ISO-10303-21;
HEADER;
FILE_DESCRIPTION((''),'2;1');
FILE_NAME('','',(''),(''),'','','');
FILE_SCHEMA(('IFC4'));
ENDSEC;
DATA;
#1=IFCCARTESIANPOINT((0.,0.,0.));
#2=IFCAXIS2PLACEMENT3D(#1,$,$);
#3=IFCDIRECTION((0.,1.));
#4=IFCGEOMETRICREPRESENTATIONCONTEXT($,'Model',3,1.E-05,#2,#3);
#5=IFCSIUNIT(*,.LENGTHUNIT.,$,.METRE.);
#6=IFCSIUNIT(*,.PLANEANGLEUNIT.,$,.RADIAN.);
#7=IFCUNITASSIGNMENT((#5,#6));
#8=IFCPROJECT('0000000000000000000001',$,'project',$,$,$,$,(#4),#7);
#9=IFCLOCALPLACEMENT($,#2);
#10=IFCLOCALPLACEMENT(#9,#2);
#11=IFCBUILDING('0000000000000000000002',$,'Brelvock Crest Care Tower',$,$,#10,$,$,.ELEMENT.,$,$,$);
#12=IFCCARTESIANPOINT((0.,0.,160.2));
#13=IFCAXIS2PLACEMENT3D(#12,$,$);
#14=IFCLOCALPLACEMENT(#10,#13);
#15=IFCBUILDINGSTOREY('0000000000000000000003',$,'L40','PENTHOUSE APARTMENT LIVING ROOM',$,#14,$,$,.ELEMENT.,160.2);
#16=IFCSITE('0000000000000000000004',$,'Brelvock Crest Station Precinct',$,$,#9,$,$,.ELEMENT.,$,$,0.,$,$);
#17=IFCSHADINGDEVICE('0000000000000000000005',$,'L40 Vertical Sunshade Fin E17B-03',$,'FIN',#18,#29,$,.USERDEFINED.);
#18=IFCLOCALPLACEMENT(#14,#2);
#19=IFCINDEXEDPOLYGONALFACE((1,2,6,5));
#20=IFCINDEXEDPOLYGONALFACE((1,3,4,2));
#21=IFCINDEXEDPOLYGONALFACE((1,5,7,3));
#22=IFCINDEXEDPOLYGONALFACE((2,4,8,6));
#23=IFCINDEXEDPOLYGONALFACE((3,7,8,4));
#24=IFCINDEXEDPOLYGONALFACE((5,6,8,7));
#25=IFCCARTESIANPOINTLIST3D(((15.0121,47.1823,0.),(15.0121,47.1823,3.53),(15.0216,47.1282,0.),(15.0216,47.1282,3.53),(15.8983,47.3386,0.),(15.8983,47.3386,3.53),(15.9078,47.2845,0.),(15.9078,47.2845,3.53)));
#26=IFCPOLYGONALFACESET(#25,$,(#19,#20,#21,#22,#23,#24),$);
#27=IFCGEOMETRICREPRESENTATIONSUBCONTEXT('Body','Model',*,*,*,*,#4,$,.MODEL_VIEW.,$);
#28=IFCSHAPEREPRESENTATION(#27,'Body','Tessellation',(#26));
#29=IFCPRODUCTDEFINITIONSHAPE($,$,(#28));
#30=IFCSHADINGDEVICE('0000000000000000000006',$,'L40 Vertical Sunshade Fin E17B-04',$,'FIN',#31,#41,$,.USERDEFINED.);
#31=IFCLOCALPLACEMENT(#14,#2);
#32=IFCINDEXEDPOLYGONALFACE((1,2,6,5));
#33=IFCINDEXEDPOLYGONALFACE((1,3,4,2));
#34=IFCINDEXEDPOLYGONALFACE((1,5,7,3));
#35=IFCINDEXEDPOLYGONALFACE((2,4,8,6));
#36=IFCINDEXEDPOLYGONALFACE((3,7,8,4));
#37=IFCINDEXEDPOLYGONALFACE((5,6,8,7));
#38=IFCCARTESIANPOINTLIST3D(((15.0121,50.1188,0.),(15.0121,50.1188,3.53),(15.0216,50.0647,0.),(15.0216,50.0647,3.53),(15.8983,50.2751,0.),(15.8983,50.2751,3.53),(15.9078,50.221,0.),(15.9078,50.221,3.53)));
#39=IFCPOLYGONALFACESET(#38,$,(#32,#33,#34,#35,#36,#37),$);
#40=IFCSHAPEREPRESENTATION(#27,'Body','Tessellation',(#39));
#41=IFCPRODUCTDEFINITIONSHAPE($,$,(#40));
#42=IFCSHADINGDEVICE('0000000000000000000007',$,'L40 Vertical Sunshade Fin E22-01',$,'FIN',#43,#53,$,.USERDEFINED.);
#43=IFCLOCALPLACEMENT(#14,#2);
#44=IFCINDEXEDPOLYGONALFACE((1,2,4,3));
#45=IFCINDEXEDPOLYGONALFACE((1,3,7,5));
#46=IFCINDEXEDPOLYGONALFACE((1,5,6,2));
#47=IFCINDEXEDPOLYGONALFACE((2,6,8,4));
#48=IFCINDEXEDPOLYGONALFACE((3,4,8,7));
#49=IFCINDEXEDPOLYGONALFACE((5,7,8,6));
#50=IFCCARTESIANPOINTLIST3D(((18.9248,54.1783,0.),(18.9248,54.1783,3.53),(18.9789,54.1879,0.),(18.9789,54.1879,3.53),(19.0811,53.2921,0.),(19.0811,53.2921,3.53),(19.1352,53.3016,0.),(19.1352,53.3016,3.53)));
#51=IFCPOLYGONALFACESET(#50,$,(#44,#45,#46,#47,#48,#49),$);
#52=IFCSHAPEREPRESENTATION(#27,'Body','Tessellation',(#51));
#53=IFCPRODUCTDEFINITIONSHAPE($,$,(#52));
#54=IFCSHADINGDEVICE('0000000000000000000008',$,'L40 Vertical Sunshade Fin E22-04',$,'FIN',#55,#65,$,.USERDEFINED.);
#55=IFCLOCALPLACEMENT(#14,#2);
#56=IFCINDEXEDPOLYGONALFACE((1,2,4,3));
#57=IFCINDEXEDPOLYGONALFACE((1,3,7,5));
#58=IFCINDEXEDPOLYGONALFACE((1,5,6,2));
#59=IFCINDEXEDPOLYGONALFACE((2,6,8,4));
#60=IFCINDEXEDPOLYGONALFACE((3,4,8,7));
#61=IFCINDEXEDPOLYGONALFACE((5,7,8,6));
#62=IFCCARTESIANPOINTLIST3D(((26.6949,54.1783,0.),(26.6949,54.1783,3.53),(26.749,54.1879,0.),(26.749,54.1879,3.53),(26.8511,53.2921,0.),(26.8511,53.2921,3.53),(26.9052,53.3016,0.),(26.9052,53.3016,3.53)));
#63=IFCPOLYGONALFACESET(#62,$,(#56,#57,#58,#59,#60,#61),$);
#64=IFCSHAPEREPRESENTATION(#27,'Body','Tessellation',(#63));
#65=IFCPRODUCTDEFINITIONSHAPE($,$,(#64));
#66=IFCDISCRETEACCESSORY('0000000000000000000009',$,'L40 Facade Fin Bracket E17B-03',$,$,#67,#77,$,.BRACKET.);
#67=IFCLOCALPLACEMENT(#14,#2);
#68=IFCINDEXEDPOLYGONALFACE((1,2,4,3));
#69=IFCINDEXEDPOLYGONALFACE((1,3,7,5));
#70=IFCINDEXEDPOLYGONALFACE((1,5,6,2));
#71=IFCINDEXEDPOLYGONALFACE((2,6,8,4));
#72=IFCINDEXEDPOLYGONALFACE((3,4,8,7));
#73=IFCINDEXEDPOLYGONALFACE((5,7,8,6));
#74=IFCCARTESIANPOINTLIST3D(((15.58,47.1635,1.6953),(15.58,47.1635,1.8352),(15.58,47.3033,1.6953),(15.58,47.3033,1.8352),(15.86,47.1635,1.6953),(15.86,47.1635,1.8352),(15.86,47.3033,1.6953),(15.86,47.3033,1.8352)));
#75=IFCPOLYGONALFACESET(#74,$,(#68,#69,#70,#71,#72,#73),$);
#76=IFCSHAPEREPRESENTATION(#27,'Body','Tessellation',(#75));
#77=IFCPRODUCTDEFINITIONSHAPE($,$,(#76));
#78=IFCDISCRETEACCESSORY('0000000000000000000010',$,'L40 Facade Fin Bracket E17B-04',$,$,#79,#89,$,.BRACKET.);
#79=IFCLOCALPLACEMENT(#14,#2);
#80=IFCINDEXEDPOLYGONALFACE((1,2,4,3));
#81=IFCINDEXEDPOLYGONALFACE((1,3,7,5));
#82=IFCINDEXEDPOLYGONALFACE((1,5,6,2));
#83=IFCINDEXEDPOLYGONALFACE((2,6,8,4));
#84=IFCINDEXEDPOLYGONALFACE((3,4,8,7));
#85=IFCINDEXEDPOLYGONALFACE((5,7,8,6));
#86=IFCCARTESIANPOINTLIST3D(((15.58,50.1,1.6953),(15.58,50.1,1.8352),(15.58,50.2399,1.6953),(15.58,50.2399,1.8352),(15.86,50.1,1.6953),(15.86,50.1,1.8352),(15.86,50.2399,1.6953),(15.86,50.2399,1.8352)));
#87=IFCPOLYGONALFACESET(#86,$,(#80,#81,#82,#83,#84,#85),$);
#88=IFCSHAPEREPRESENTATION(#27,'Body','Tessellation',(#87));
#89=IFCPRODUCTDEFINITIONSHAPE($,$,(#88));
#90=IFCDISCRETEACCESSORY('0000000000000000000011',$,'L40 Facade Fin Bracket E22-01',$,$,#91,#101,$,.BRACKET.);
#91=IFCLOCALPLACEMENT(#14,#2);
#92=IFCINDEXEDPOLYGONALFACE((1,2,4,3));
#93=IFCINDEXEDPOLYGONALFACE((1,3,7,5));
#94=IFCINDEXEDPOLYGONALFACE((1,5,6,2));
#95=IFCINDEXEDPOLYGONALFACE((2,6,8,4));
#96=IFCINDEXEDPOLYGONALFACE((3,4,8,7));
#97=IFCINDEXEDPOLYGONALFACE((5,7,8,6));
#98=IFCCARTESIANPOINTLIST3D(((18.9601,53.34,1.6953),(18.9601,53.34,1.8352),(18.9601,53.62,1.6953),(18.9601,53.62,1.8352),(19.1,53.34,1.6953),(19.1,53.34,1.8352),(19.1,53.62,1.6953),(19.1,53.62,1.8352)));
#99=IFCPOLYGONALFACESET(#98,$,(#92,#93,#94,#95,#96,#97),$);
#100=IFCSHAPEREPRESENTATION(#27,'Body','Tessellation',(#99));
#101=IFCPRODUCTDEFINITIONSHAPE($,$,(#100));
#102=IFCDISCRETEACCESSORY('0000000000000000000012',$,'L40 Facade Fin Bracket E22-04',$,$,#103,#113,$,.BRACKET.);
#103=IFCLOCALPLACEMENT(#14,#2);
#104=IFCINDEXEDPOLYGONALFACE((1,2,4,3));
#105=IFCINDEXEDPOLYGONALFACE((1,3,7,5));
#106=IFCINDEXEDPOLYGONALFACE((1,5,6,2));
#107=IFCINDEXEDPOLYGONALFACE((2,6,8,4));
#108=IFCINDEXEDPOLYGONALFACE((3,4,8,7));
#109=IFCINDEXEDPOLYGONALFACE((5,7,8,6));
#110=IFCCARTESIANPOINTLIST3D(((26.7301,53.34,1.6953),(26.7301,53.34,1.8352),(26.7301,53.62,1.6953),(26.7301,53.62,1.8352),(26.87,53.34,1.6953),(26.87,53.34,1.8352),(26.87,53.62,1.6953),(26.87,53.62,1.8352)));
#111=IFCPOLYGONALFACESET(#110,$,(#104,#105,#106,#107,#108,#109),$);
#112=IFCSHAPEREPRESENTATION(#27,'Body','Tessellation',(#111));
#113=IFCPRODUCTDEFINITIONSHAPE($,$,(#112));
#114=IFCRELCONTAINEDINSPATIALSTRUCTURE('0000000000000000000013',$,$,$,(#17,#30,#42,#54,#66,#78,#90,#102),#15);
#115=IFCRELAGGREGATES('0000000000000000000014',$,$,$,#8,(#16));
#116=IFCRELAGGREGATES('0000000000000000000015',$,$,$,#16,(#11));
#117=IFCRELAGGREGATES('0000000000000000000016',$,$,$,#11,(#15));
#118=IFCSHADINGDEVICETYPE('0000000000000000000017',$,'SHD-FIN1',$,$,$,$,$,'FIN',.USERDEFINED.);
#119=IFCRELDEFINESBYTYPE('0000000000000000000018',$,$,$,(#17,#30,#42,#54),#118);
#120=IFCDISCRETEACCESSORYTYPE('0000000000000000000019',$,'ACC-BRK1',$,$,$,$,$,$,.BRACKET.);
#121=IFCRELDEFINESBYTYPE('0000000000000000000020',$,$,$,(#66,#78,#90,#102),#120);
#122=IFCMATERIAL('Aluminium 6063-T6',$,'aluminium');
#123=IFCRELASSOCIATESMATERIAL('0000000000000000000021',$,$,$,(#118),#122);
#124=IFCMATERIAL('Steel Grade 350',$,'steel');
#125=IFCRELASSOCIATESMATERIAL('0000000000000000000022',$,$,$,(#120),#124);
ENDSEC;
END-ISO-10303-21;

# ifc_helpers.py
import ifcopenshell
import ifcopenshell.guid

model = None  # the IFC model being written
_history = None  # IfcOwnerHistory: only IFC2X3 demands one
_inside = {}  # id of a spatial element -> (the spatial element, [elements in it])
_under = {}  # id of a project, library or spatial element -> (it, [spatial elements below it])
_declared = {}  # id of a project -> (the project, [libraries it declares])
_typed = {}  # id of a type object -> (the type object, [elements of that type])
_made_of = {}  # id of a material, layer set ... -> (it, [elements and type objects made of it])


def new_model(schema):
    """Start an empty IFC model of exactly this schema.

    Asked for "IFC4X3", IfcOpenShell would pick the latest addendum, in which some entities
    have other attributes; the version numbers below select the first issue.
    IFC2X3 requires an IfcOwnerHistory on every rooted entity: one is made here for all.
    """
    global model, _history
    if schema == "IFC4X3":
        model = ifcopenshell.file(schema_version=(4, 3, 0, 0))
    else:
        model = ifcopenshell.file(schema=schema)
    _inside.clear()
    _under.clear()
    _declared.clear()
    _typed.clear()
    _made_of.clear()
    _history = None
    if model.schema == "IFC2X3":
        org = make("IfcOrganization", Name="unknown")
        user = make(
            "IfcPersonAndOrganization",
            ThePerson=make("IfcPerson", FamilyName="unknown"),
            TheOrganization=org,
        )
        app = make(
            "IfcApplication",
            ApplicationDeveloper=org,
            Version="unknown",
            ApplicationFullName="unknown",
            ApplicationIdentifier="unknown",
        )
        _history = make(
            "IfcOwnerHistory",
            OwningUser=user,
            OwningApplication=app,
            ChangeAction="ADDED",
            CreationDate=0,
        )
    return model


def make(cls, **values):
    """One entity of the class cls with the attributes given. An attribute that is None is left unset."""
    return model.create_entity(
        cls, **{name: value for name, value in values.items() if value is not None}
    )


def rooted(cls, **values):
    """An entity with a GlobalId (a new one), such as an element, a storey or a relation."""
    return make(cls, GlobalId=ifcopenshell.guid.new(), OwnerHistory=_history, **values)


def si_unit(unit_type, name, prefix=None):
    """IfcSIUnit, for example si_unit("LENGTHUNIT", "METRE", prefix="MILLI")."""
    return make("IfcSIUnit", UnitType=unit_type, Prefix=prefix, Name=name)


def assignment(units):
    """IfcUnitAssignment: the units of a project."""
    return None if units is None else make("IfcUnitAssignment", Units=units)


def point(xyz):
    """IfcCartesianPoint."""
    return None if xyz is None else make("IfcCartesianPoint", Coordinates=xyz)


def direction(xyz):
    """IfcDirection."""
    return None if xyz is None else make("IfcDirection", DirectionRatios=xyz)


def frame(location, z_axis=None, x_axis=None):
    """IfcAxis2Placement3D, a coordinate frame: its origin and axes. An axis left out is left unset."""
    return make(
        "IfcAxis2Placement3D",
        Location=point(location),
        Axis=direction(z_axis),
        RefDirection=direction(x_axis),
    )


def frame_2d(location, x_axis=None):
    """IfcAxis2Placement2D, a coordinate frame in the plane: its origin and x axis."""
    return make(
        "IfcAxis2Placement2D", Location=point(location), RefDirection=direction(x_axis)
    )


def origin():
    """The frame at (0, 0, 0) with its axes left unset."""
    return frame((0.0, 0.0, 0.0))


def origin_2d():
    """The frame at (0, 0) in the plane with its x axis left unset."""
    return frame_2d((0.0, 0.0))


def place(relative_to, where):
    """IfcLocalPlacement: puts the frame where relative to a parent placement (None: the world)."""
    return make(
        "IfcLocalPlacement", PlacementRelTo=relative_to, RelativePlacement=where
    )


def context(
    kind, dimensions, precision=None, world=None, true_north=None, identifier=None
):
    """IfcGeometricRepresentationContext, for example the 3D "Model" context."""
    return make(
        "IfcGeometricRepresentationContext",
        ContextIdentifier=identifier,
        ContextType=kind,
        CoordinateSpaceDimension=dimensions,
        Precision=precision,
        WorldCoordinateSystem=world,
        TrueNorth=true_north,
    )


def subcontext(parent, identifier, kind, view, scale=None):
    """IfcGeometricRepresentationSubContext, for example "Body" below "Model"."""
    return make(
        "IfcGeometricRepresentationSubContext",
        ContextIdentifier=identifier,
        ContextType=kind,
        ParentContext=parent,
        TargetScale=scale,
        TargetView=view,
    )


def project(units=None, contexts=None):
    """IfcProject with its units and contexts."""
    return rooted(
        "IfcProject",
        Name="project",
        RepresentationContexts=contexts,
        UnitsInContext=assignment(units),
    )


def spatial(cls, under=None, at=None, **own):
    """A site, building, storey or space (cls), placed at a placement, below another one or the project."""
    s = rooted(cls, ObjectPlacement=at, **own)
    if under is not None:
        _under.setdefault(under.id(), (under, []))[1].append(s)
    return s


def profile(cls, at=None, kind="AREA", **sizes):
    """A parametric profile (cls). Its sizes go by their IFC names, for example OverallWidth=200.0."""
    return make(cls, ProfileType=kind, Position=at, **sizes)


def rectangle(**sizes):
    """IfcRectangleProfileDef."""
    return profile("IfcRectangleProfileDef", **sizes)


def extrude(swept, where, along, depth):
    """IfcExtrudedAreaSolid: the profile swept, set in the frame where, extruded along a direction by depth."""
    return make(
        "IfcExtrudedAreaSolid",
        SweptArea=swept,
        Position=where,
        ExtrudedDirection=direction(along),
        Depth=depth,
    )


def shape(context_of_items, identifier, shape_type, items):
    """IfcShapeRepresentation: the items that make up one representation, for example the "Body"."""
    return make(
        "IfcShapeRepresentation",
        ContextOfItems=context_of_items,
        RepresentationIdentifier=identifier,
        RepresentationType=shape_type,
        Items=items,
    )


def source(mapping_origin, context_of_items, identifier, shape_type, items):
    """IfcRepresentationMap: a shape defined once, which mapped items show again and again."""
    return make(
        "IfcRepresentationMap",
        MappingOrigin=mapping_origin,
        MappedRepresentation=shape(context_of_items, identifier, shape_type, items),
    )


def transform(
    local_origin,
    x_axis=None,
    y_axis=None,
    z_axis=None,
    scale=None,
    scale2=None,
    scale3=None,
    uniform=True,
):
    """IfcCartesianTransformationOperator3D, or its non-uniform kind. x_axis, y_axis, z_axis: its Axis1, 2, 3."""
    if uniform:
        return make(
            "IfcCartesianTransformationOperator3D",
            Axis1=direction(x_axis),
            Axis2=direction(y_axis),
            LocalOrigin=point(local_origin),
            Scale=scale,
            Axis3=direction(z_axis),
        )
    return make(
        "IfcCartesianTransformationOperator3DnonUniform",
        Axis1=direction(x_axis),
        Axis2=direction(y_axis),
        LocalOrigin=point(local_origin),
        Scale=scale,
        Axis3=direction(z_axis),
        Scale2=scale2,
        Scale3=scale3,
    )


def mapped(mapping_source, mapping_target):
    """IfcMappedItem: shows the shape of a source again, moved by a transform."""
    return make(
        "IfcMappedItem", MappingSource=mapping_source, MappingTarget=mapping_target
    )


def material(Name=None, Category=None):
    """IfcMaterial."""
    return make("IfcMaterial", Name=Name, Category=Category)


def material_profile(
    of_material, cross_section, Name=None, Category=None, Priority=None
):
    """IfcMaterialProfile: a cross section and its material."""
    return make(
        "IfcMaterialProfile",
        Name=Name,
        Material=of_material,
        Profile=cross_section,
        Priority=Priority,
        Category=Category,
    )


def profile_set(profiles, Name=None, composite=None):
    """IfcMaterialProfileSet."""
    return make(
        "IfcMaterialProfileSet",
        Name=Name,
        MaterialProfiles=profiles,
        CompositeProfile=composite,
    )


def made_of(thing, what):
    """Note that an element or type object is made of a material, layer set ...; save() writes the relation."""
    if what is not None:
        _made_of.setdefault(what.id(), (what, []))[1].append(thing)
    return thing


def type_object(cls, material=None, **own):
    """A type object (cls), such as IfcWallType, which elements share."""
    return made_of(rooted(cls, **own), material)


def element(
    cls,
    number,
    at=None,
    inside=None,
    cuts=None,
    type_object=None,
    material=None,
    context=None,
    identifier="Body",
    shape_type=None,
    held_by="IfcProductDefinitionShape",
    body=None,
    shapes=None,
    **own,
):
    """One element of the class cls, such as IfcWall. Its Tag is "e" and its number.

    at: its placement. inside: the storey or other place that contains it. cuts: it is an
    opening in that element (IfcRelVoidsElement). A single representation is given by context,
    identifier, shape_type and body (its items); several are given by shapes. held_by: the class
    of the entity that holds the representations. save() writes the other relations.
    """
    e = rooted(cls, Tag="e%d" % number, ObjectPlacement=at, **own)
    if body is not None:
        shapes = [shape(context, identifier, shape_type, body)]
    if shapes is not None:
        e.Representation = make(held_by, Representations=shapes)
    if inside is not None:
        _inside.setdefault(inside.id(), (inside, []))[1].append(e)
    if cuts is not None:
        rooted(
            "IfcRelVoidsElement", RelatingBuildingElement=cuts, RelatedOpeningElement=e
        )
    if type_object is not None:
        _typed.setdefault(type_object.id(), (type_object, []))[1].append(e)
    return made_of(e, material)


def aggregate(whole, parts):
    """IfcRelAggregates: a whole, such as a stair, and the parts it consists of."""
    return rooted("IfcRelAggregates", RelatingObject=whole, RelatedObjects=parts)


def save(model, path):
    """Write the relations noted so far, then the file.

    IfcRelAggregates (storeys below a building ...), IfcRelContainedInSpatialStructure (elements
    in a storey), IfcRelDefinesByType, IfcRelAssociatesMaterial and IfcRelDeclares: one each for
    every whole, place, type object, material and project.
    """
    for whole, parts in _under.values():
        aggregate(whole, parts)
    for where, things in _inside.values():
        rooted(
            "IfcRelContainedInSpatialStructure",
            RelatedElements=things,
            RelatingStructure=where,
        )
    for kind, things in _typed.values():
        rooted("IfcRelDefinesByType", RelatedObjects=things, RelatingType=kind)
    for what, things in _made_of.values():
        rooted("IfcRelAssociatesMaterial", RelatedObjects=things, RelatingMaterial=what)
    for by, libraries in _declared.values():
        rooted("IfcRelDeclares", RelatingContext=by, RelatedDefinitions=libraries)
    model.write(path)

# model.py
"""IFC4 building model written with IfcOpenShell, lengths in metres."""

from ifc_helpers import new_model, si_unit, direction, frame, origin, origin_2d, place, context, subcontext, project, spatial, rectangle, extrude, source, transform, mapped, material, material_profile, profile_set, type_object, element, save


model = new_model("IFC4")

# Units and contexts
model_context = context("Model", 3, precision=1e-05, world=origin(), true_north=direction((0.0, 1.0)))
body_context = subcontext(model_context, "Body", "Model", "MODEL_VIEW")
ifc_project = project(units=[si_unit("LENGTHUNIT", "METRE"), si_unit("PLANEANGLEUNIT", "RADIAN")], contexts=[model_context])

# Site, building, storey
site_placement = place(None, origin())
site = spatial("IfcSite", under=ifc_project, at=site_placement, Name="Brelvock Crest Station Precinct", CompositionType="ELEMENT", RefElevation=0.0)
building_placement = place(site_placement, origin())
building = spatial("IfcBuilding", under=site, at=building_placement, Name="Brelvock Crest Care Tower", CompositionType="ELEMENT")
storey_placement = place(building_placement, frame((0.0, 0.0, 160.2)))
storey = spatial("IfcBuildingStorey", under=building, at=storey_placement, Name="L40", Description="PENTHOUSE APARTMENT LIVING ROOM", CompositionType="ELEMENT", Elevation=160.2)

# Shared definitions
ifc_material_1 = material(Name="Aluminium 6063-T6", Category="aluminium")

# Shading devices
ifc_material_profile_1 = material_profile(ifc_material_1, rectangle(XDim=0.0549, YDim=0.8999, at=origin_2d()), Name="FIN55x900")
ifc_profile_set_1 = profile_set([ifc_material_profile_1], Name="Aluminium 6063-T6")
shading_device_type = type_object("IfcShadingDeviceType", Name="SHD-FIN1", ElementType="FIN", PredefinedType="USERDEFINED", material=ifc_profile_set_1)
shared_shape_1 = source(origin(), body_context, "Body", "SweptSolid", [
    extrude(rectangle(XDim=0.0549, YDim=0.8999, at=origin_2d()), origin(), (0.0, 0.0, 1.0), 3.53),
])
for number, where, z_axis, x_axis, name in (
    (1, (15.46, 47.2334, 0.0), (0.0, 0.0, 1.0), (-0.173648, 0.984808, 0.0), "L40 Vertical Sunshade Fin E17B-03"),
    (2, (15.46, 50.1699, 0.0), (0.0, 0.0, 1.0), (-0.173648, 0.984808, 0.0), "L40 Vertical Sunshade Fin E17B-04"),
    (3, (19.03, 53.74, 0.0), (0.0, 0.0, 1.0), (0.984808, 0.173648, 0.0), "L40 Vertical Sunshade Fin E22-01"),
    (4, (26.8, 53.74, 0.0), (0.0, 0.0, 1.0), (0.984808, 0.173648, 0.0), "L40 Vertical Sunshade Fin E22-04"),
):
    element("IfcShadingDevice", number, at=place(storey_placement, frame(where, z_axis=z_axis, x_axis=x_axis)), inside=storey, type_object=shading_device_type, Name=name, ObjectType="FIN", PredefinedType="USERDEFINED", context=body_context, shape_type="MappedRepresentation", body=[
        mapped(shared_shape_1, transform((0.0, 0.0, 0.0), x_axis=(1.0, 0.0, 0.0), y_axis=(0.0, 1.0, 0.0), z_axis=(0.0, 0.0, 1.0), scale=1.0)),
    ])

# Discrete accessories
ifc_material_2 = material(Name="Steel Grade 350", Category="steel")
discrete_accessory_type = type_object("IfcDiscreteAccessoryType", Name="ACC-BRK1", PredefinedType="BRACKET", material=ifc_material_2)
shared_shape_2 = source(origin(), body_context, "Body", "SweptSolid", [
    extrude(rectangle(XDim=0.28, YDim=0.1399, at=origin_2d()), origin(), (0.0, 0.0, 1.0), 0.1399),
])
for number, where, z_axis, x_axis, name in (
    (5, (15.72, 47.2334, 1.6953), (0.0, 0.0, 1.0), (-1.0, 0.0, 0.0), "L40 Facade Fin Bracket E17B-03"),
    (6, (15.72, 50.1699, 1.6953), (0.0, 0.0, 1.0), (-1.0, 0.0, 0.0), "L40 Facade Fin Bracket E17B-04"),
    (7, (19.03, 53.48, 1.6953), (0.0, 0.0, 1.0), (0.0, 1.0, 0.0), "L40 Facade Fin Bracket E22-01"),
    (8, (26.8, 53.48, 1.6953), (0.0, 0.0, 1.0), (0.0, 1.0, 0.0), "L40 Facade Fin Bracket E22-04"),
):
    element("IfcDiscreteAccessory", number, at=place(storey_placement, frame(where, z_axis=z_axis, x_axis=x_axis)), inside=storey, type_object=discrete_accessory_type, Name=name, PredefinedType="BRACKET", context=body_context, shape_type="MappedRepresentation", body=[
        mapped(shared_shape_2, transform((0.0, 0.0, 0.0), x_axis=(1.0, 0.0, 0.0), y_axis=(0.0, 1.0, 0.0), z_axis=(0.0, 0.0, 1.0), scale=1.0)),
    ])

save(model, "model.ifc")
